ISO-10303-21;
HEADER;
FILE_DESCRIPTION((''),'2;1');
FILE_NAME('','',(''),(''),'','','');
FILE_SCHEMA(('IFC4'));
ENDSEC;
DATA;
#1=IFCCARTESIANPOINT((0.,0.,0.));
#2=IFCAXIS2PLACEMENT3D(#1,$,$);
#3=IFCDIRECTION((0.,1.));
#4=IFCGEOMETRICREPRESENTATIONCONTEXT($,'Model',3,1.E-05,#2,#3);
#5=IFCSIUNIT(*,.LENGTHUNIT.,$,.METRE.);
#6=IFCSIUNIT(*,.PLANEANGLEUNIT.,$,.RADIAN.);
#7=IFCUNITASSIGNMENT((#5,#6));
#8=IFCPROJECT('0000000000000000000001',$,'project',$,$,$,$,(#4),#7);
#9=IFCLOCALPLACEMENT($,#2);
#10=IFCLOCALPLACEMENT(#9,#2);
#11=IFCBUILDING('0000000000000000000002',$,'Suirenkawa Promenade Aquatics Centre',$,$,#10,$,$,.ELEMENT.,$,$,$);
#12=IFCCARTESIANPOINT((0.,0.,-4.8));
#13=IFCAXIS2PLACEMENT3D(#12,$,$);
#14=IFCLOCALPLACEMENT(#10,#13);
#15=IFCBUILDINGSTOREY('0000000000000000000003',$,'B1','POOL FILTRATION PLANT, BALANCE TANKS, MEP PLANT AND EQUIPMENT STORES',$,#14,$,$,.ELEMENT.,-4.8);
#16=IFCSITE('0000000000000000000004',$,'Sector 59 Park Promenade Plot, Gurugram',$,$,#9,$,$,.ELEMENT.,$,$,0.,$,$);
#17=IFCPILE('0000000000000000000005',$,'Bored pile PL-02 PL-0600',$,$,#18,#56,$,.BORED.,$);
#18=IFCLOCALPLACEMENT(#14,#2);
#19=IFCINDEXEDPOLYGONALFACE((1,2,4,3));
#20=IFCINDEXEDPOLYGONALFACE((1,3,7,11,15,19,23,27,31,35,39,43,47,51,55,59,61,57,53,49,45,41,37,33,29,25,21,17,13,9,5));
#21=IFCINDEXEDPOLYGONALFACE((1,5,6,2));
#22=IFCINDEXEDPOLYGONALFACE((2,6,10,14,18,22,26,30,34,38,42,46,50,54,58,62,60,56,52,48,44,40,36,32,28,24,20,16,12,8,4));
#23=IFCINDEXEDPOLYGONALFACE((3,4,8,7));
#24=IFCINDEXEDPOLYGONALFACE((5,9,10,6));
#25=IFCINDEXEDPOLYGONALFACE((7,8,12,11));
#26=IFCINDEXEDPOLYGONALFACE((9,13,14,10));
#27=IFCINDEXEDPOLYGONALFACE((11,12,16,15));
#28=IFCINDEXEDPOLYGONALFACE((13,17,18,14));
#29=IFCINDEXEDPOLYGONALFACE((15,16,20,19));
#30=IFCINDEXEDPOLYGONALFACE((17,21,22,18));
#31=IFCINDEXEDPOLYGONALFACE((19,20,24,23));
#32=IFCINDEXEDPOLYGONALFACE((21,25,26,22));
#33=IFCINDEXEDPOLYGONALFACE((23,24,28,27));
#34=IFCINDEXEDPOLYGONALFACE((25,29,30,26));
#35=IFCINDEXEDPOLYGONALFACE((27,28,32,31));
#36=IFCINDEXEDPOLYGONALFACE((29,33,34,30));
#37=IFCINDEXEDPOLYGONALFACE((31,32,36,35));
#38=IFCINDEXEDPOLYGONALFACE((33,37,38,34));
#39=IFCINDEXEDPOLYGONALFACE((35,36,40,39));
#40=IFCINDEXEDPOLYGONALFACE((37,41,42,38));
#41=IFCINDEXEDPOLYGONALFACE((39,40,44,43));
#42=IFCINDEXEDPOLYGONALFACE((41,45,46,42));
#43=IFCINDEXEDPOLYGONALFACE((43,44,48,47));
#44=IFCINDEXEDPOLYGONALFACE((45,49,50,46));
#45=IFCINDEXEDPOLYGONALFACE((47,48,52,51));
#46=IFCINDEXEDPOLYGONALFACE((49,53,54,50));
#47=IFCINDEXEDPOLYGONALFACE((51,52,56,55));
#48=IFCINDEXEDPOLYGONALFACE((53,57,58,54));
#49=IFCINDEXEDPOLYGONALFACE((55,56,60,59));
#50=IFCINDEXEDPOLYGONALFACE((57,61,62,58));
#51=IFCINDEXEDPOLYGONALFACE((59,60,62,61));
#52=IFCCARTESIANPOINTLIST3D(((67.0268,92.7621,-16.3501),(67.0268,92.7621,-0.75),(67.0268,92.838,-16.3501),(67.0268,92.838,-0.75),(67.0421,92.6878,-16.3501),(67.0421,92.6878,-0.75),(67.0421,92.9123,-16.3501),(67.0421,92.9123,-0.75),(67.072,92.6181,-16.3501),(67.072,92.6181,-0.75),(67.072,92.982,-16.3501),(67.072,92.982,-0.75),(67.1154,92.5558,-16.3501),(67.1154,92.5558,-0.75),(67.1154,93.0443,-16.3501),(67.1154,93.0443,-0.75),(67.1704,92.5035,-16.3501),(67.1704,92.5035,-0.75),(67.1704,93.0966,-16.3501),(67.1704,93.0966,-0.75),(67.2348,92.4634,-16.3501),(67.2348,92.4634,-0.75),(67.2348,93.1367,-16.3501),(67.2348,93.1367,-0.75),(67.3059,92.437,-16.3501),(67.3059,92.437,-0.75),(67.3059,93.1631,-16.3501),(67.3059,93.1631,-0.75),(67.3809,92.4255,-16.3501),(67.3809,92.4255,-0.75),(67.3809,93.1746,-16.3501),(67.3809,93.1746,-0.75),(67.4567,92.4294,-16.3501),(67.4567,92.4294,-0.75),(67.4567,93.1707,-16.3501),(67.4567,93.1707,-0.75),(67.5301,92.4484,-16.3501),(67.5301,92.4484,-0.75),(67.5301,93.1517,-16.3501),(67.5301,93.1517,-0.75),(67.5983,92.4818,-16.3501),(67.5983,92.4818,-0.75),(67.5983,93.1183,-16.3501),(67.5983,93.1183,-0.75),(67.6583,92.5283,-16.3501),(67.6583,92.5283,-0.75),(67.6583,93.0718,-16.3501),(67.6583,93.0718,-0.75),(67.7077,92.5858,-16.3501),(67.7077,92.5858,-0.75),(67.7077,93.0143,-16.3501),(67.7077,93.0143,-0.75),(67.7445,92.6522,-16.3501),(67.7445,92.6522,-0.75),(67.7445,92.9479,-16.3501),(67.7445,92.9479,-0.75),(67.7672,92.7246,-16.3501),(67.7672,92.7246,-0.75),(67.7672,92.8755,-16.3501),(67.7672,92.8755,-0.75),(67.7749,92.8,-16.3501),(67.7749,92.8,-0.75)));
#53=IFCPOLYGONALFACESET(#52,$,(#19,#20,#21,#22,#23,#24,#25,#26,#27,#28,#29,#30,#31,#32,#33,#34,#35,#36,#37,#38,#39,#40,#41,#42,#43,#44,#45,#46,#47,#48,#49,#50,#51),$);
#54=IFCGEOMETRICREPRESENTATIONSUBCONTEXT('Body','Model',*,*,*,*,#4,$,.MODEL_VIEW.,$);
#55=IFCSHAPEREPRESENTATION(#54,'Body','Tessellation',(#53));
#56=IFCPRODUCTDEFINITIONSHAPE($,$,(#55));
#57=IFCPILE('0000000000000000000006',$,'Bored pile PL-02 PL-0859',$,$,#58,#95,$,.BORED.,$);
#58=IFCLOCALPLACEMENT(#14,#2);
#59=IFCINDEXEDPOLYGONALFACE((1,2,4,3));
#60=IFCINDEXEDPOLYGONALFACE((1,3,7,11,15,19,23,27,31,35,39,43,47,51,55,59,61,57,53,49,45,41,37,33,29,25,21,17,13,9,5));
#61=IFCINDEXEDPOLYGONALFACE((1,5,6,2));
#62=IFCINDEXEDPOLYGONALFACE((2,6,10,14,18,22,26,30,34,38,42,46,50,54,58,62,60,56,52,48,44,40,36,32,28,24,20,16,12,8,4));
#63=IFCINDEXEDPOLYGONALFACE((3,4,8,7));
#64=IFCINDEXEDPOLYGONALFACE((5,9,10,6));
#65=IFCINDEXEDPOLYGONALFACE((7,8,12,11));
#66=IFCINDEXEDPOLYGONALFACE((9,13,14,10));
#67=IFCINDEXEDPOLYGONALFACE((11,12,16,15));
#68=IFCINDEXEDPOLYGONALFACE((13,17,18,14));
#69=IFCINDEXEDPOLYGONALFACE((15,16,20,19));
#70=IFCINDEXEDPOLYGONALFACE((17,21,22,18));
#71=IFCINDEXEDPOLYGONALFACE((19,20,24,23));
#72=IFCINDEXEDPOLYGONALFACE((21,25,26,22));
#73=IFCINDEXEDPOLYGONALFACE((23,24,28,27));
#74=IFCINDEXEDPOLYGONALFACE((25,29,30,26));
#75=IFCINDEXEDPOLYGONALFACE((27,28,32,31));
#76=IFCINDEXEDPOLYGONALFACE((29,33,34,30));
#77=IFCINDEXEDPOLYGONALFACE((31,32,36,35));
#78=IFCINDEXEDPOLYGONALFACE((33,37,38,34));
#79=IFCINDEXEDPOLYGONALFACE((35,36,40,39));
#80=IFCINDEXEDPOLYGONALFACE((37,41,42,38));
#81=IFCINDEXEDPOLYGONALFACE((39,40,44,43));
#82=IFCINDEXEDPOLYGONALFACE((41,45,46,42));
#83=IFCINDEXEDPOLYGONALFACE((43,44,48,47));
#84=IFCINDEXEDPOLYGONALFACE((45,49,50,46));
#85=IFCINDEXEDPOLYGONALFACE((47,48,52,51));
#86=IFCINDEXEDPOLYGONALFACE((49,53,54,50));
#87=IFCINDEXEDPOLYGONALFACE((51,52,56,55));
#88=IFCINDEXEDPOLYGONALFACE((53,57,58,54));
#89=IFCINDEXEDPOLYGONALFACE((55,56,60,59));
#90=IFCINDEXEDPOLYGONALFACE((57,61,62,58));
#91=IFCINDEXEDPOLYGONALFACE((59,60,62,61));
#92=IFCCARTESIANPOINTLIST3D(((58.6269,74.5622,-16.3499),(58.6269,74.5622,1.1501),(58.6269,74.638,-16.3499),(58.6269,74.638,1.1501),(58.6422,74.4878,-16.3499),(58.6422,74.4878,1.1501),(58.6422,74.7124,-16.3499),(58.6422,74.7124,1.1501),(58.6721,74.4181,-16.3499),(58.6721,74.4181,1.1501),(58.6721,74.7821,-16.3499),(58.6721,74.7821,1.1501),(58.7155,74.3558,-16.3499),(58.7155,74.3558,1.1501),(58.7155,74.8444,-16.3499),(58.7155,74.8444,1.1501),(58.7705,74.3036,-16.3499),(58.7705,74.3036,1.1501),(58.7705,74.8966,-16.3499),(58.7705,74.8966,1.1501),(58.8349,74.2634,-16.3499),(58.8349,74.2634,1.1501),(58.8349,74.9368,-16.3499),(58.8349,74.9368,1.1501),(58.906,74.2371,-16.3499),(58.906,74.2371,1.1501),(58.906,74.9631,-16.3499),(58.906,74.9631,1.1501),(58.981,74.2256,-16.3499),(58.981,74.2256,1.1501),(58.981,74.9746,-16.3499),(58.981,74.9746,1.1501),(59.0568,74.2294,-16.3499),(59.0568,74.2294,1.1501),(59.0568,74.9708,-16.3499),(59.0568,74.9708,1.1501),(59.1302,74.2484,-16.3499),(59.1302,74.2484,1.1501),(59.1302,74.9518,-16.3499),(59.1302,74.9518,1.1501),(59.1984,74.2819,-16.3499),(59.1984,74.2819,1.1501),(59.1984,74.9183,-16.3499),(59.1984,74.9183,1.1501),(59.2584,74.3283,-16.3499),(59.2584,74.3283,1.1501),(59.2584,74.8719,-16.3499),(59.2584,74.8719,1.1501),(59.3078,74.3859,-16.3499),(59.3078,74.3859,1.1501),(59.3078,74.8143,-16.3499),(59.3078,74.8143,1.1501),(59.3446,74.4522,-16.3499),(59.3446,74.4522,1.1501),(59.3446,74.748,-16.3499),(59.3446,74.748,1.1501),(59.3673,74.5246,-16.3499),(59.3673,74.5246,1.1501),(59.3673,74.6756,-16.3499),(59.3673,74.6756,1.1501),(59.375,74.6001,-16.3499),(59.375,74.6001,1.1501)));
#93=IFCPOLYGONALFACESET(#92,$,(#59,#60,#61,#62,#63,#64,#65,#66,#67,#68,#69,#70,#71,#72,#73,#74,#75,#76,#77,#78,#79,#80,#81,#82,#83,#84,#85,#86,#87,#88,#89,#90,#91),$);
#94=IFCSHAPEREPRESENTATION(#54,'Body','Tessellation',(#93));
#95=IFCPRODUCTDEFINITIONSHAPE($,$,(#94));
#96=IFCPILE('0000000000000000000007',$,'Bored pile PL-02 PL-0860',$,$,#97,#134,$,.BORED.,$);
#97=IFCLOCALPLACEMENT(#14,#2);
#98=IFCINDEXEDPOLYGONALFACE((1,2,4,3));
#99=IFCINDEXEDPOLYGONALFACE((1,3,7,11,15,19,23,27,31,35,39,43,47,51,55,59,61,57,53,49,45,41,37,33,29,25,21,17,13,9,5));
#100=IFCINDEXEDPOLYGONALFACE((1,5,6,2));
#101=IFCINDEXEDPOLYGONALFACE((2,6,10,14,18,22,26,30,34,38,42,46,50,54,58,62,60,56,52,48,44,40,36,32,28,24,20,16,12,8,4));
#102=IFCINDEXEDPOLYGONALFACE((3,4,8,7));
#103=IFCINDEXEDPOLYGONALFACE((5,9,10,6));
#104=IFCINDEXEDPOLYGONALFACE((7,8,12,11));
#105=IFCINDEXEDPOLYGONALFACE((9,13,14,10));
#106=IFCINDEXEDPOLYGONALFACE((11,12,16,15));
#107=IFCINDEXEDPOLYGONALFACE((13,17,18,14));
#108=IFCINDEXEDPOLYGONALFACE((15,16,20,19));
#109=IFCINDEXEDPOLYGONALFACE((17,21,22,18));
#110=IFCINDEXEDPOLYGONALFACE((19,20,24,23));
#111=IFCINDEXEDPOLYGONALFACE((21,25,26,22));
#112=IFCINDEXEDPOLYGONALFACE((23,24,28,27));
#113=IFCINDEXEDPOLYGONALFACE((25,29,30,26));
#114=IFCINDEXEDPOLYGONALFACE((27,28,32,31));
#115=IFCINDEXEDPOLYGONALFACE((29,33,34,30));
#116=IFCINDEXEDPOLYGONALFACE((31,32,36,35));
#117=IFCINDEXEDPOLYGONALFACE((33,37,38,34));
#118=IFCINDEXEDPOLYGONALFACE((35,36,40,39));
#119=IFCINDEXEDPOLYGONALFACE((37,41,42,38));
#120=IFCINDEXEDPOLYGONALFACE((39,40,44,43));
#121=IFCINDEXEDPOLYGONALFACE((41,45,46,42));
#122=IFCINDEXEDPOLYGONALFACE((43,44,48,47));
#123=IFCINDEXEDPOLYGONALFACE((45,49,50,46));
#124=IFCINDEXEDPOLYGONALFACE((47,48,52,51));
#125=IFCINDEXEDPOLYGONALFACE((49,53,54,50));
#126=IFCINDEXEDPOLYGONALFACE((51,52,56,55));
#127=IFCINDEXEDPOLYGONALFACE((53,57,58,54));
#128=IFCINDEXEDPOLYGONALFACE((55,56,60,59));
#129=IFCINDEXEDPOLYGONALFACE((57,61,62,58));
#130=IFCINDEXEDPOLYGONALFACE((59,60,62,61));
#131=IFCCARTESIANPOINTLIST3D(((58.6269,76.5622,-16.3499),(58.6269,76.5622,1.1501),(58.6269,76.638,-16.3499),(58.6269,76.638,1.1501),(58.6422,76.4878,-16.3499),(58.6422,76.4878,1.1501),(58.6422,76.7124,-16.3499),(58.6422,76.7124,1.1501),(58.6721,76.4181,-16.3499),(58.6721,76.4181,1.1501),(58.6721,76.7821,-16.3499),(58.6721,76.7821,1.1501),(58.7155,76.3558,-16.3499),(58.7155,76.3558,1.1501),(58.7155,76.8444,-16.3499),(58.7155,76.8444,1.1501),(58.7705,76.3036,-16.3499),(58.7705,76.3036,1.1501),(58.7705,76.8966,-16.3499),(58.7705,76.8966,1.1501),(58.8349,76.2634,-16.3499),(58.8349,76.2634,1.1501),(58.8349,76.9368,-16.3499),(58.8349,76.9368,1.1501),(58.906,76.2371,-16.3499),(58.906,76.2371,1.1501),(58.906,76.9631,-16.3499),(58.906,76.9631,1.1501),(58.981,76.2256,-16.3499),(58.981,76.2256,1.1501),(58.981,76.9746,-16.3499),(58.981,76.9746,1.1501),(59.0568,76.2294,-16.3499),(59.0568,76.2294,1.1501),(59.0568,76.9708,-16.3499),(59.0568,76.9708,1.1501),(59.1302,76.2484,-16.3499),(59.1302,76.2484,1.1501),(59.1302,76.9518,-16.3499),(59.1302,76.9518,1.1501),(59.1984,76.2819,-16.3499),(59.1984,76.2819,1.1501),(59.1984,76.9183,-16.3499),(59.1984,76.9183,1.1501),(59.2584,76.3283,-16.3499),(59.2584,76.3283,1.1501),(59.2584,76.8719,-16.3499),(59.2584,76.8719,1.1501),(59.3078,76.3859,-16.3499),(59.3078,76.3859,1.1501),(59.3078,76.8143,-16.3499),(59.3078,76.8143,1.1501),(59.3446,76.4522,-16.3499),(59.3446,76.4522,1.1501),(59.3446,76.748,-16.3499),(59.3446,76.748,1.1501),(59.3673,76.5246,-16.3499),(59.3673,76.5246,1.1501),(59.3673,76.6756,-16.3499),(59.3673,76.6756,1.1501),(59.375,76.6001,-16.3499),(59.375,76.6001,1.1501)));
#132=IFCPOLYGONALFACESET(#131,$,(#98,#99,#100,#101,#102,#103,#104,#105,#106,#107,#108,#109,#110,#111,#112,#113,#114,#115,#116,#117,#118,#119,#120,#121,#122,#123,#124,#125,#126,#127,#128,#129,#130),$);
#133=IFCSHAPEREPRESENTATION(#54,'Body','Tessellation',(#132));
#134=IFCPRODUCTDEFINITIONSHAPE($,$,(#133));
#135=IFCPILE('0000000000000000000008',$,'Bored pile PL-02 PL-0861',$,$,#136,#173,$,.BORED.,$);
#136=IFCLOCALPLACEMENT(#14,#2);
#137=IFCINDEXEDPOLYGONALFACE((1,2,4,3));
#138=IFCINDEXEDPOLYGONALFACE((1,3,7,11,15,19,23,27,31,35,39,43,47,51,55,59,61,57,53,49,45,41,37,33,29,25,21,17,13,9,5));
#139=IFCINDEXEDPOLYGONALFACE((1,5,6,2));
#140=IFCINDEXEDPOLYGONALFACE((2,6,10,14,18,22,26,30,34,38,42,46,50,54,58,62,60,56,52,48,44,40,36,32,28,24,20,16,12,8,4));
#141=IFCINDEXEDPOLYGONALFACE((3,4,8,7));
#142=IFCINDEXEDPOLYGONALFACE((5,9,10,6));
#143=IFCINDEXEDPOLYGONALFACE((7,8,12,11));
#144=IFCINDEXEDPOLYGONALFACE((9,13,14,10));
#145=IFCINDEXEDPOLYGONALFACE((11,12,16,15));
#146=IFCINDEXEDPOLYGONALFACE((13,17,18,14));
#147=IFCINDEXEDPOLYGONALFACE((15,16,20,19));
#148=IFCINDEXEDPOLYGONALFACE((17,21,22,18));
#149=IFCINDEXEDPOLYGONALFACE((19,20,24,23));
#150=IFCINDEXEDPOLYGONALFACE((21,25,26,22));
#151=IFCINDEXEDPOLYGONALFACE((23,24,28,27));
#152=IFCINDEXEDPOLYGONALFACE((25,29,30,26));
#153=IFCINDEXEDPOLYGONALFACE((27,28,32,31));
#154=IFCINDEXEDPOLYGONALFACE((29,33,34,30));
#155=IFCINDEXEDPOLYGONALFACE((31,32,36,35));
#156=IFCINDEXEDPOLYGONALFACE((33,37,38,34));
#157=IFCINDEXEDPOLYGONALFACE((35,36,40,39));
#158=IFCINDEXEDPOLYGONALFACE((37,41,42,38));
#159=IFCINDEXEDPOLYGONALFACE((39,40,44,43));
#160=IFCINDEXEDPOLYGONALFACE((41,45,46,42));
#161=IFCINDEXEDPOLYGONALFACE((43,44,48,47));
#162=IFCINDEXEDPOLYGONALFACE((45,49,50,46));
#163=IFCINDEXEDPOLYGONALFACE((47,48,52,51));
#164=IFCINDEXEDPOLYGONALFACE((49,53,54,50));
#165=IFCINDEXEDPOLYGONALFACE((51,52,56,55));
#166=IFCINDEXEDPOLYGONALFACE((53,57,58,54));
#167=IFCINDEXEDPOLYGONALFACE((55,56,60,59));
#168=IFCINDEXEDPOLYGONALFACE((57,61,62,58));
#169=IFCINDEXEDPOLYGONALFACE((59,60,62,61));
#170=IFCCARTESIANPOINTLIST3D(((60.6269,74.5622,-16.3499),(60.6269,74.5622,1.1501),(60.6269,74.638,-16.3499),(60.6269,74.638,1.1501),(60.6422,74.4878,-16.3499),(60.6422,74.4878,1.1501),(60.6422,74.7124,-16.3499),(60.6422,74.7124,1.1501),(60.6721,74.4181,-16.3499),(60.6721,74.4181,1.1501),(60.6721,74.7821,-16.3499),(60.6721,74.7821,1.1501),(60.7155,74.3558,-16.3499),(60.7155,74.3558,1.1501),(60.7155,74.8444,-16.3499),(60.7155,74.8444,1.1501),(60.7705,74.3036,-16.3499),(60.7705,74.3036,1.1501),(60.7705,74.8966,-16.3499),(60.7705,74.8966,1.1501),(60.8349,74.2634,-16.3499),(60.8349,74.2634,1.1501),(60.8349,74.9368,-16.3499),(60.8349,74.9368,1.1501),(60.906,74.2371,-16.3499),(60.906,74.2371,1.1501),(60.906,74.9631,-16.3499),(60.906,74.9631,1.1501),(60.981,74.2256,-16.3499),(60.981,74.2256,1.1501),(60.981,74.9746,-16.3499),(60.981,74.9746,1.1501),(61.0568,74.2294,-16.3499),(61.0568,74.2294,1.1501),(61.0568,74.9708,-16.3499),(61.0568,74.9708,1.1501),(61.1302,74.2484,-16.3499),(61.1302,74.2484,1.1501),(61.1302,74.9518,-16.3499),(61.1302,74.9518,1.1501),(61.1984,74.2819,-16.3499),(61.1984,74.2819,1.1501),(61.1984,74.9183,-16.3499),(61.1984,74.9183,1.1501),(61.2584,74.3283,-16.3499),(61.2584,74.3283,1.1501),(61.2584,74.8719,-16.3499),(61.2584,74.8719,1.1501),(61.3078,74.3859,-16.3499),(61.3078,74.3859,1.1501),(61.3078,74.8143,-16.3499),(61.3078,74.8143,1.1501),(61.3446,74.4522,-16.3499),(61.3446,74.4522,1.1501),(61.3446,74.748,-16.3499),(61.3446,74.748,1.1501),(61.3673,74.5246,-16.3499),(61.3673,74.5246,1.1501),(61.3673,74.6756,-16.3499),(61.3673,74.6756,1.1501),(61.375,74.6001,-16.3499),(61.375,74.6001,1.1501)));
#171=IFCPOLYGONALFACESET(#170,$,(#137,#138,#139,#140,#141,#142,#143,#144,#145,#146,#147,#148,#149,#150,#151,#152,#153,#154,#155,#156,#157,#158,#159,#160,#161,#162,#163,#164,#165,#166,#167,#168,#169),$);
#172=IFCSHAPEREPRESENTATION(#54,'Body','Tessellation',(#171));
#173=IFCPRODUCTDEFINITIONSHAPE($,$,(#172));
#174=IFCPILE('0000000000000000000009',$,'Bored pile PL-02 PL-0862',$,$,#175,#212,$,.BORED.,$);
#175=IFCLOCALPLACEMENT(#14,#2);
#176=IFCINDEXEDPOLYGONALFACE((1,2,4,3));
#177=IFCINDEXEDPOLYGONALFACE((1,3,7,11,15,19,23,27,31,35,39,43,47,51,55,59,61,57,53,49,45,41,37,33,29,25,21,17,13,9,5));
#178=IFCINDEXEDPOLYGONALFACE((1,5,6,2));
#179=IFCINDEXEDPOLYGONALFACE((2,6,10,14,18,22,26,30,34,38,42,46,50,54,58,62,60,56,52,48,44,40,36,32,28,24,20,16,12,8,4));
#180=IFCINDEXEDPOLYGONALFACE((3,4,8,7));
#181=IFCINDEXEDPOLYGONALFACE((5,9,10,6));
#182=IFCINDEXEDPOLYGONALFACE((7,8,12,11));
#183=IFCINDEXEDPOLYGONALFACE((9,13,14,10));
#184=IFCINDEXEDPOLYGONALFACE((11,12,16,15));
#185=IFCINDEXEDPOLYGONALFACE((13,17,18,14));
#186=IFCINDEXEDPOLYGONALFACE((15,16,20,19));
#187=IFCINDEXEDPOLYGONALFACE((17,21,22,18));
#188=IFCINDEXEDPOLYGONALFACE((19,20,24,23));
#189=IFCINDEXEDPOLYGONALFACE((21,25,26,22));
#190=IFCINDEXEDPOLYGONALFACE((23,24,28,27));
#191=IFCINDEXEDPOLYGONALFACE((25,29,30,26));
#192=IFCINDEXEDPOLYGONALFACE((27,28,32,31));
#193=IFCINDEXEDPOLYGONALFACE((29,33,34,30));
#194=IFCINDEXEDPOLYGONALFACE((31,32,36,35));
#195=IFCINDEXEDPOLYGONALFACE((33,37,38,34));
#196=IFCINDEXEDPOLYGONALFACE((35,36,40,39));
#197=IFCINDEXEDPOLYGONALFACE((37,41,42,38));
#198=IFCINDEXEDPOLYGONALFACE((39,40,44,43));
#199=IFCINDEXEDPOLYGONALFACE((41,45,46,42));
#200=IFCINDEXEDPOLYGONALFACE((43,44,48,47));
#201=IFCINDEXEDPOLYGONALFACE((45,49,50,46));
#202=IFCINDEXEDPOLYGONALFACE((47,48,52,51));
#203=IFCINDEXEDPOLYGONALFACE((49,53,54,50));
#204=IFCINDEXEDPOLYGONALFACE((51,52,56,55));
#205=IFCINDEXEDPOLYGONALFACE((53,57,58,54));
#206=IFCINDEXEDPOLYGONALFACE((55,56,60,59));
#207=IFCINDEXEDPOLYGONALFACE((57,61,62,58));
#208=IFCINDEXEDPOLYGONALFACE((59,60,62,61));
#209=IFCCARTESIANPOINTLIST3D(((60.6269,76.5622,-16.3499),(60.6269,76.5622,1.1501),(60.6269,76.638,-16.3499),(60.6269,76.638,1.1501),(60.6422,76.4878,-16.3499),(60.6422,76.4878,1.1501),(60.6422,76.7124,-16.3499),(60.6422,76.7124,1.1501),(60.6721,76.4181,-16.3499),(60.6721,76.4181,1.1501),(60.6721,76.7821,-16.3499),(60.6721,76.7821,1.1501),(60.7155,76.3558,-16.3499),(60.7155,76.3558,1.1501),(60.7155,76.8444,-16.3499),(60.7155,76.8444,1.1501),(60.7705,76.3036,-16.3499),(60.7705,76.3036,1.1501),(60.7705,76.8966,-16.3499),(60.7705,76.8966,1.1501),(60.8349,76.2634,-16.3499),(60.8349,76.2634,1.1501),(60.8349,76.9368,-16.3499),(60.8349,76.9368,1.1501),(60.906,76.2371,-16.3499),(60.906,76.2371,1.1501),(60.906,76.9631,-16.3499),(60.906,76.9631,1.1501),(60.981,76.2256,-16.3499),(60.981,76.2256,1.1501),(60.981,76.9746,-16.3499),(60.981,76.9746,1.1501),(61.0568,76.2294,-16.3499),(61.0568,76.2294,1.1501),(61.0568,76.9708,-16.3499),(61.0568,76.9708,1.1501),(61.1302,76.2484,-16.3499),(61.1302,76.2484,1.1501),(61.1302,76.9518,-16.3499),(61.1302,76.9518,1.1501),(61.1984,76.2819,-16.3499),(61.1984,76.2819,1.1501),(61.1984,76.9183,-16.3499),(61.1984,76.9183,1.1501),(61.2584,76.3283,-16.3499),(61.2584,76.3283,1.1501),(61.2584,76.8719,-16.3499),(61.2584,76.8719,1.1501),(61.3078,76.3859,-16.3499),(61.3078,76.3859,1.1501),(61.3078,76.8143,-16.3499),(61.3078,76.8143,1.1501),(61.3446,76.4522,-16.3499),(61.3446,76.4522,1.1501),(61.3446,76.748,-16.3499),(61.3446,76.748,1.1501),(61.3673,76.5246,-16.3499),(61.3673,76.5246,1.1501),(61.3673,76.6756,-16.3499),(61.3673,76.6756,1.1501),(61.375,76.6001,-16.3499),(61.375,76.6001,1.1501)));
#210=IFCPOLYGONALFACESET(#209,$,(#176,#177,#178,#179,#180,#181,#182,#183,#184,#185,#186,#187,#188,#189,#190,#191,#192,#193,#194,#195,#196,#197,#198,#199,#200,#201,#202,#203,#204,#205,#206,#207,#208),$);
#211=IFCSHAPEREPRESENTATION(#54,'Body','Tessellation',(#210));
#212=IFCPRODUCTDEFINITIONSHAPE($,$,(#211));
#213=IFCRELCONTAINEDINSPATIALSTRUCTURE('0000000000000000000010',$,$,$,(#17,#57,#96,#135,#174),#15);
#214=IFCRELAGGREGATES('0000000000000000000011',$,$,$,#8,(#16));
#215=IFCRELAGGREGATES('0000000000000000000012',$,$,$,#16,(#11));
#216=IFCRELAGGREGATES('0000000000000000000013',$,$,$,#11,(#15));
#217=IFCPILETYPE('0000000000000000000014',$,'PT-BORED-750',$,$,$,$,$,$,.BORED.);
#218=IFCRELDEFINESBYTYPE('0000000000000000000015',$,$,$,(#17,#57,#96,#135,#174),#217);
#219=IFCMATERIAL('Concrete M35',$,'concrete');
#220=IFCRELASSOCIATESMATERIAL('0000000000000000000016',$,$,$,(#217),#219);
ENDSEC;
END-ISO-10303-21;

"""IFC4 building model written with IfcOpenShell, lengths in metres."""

from ifc_helpers import new_model, si_unit, direction, frame, origin, origin_2d, place, context, subcontext, project, spatial, circle, extrude, material, material_profile, profile_set, type_object, element, save


model = new_model("IFC4")

# Units and contexts
model_context = context("Model", 3, precision=1e-05, world=origin(), true_north=direction((0.0, 1.0)))
body_context = subcontext(model_context, "Body", "Model", "MODEL_VIEW")
ifc_project = project(units=[si_unit("LENGTHUNIT", "METRE"), si_unit("PLANEANGLEUNIT", "RADIAN")], contexts=[model_context])

# Site, building, storey
site_placement = place(None, origin())
site = spatial("IfcSite", under=ifc_project, at=site_placement, Name="Sector 59 Park Promenade Plot, Gurugram", CompositionType="ELEMENT", RefElevation=0.0)
building_placement = place(site_placement, origin())
building = spatial("IfcBuilding", under=site, at=building_placement, Name="Suirenkawa Promenade Aquatics Centre", CompositionType="ELEMENT")
storey_placement = place(building_placement, frame((0.0, 0.0, -4.8)))
storey = spatial("IfcBuildingStorey", under=building, at=storey_placement, Name="B1", Description="POOL FILTRATION PLANT, BALANCE TANKS, MEP PLANT AND EQUIPMENT STORES", CompositionType="ELEMENT", Elevation=-4.8)

# Shared definitions
ifc_material_1 = material(Name="Concrete M35", Category="concrete")

# Piles
ifc_material_profile_1 = material_profile(ifc_material_1, circle(Radius=0.375, at=origin_2d()), Name="PILE D750", Category="concrete")
ifc_profile_set_1 = profile_set([ifc_material_profile_1], Name="Concrete M35")
pile_type_1 = type_object("IfcPileType", Name="PT-BORED-750", PredefinedType="BORED", material=ifc_profile_set_1)
for number, where, z_axis, x_axis, name in (
    (1, (67.3999, 92.8, -0.75), (0.0, 0.0, -1.0), (1.0, 0.0, 0.0), "Bored pile PL-02 PL-0600"),
):
    element("IfcPile", number, at=place(storey_placement, frame(where, z_axis=z_axis, x_axis=x_axis)), inside=storey, type_object=pile_type_1, Name=name, PredefinedType="BORED", context=body_context, shape_type="SweptSolid", body=[
        extrude(circle(Radius=0.375, at=origin_2d()), origin(), (0.0, 0.0, 1.0), 15.6001),
    ])
for number, where, z_axis, x_axis, name in (
    (2, (59.0, 74.6001, 1.1501), (0.0, 0.0, -1.0), (1.0, 0.0, 0.0), "Bored pile PL-02 PL-0859"),
    (3, (59.0, 76.6001, 1.1501), (0.0, 0.0, -1.0), (1.0, 0.0, 0.0), "Bored pile PL-02 PL-0860"),
    (4, (61.0, 74.6001, 1.1501), (0.0, 0.0, -1.0), (1.0, 0.0, 0.0), "Bored pile PL-02 PL-0861"),
    (5, (61.0, 76.6001, 1.1501), (0.0, 0.0, -1.0), (1.0, 0.0, 0.0), "Bored pile PL-02 PL-0862"),
):
    element("IfcPile", number, at=place(storey_placement, frame(where, z_axis=z_axis, x_axis=x_axis)), inside=storey, type_object=pile_type_1, Name=name, PredefinedType="BORED", context=body_context, shape_type="SweptSolid", body=[
        extrude(circle(Radius=0.375, at=origin_2d()), origin(), (0.0, 0.0, 1.0), 17.5),
    ])

save(model, "model.ifc")
